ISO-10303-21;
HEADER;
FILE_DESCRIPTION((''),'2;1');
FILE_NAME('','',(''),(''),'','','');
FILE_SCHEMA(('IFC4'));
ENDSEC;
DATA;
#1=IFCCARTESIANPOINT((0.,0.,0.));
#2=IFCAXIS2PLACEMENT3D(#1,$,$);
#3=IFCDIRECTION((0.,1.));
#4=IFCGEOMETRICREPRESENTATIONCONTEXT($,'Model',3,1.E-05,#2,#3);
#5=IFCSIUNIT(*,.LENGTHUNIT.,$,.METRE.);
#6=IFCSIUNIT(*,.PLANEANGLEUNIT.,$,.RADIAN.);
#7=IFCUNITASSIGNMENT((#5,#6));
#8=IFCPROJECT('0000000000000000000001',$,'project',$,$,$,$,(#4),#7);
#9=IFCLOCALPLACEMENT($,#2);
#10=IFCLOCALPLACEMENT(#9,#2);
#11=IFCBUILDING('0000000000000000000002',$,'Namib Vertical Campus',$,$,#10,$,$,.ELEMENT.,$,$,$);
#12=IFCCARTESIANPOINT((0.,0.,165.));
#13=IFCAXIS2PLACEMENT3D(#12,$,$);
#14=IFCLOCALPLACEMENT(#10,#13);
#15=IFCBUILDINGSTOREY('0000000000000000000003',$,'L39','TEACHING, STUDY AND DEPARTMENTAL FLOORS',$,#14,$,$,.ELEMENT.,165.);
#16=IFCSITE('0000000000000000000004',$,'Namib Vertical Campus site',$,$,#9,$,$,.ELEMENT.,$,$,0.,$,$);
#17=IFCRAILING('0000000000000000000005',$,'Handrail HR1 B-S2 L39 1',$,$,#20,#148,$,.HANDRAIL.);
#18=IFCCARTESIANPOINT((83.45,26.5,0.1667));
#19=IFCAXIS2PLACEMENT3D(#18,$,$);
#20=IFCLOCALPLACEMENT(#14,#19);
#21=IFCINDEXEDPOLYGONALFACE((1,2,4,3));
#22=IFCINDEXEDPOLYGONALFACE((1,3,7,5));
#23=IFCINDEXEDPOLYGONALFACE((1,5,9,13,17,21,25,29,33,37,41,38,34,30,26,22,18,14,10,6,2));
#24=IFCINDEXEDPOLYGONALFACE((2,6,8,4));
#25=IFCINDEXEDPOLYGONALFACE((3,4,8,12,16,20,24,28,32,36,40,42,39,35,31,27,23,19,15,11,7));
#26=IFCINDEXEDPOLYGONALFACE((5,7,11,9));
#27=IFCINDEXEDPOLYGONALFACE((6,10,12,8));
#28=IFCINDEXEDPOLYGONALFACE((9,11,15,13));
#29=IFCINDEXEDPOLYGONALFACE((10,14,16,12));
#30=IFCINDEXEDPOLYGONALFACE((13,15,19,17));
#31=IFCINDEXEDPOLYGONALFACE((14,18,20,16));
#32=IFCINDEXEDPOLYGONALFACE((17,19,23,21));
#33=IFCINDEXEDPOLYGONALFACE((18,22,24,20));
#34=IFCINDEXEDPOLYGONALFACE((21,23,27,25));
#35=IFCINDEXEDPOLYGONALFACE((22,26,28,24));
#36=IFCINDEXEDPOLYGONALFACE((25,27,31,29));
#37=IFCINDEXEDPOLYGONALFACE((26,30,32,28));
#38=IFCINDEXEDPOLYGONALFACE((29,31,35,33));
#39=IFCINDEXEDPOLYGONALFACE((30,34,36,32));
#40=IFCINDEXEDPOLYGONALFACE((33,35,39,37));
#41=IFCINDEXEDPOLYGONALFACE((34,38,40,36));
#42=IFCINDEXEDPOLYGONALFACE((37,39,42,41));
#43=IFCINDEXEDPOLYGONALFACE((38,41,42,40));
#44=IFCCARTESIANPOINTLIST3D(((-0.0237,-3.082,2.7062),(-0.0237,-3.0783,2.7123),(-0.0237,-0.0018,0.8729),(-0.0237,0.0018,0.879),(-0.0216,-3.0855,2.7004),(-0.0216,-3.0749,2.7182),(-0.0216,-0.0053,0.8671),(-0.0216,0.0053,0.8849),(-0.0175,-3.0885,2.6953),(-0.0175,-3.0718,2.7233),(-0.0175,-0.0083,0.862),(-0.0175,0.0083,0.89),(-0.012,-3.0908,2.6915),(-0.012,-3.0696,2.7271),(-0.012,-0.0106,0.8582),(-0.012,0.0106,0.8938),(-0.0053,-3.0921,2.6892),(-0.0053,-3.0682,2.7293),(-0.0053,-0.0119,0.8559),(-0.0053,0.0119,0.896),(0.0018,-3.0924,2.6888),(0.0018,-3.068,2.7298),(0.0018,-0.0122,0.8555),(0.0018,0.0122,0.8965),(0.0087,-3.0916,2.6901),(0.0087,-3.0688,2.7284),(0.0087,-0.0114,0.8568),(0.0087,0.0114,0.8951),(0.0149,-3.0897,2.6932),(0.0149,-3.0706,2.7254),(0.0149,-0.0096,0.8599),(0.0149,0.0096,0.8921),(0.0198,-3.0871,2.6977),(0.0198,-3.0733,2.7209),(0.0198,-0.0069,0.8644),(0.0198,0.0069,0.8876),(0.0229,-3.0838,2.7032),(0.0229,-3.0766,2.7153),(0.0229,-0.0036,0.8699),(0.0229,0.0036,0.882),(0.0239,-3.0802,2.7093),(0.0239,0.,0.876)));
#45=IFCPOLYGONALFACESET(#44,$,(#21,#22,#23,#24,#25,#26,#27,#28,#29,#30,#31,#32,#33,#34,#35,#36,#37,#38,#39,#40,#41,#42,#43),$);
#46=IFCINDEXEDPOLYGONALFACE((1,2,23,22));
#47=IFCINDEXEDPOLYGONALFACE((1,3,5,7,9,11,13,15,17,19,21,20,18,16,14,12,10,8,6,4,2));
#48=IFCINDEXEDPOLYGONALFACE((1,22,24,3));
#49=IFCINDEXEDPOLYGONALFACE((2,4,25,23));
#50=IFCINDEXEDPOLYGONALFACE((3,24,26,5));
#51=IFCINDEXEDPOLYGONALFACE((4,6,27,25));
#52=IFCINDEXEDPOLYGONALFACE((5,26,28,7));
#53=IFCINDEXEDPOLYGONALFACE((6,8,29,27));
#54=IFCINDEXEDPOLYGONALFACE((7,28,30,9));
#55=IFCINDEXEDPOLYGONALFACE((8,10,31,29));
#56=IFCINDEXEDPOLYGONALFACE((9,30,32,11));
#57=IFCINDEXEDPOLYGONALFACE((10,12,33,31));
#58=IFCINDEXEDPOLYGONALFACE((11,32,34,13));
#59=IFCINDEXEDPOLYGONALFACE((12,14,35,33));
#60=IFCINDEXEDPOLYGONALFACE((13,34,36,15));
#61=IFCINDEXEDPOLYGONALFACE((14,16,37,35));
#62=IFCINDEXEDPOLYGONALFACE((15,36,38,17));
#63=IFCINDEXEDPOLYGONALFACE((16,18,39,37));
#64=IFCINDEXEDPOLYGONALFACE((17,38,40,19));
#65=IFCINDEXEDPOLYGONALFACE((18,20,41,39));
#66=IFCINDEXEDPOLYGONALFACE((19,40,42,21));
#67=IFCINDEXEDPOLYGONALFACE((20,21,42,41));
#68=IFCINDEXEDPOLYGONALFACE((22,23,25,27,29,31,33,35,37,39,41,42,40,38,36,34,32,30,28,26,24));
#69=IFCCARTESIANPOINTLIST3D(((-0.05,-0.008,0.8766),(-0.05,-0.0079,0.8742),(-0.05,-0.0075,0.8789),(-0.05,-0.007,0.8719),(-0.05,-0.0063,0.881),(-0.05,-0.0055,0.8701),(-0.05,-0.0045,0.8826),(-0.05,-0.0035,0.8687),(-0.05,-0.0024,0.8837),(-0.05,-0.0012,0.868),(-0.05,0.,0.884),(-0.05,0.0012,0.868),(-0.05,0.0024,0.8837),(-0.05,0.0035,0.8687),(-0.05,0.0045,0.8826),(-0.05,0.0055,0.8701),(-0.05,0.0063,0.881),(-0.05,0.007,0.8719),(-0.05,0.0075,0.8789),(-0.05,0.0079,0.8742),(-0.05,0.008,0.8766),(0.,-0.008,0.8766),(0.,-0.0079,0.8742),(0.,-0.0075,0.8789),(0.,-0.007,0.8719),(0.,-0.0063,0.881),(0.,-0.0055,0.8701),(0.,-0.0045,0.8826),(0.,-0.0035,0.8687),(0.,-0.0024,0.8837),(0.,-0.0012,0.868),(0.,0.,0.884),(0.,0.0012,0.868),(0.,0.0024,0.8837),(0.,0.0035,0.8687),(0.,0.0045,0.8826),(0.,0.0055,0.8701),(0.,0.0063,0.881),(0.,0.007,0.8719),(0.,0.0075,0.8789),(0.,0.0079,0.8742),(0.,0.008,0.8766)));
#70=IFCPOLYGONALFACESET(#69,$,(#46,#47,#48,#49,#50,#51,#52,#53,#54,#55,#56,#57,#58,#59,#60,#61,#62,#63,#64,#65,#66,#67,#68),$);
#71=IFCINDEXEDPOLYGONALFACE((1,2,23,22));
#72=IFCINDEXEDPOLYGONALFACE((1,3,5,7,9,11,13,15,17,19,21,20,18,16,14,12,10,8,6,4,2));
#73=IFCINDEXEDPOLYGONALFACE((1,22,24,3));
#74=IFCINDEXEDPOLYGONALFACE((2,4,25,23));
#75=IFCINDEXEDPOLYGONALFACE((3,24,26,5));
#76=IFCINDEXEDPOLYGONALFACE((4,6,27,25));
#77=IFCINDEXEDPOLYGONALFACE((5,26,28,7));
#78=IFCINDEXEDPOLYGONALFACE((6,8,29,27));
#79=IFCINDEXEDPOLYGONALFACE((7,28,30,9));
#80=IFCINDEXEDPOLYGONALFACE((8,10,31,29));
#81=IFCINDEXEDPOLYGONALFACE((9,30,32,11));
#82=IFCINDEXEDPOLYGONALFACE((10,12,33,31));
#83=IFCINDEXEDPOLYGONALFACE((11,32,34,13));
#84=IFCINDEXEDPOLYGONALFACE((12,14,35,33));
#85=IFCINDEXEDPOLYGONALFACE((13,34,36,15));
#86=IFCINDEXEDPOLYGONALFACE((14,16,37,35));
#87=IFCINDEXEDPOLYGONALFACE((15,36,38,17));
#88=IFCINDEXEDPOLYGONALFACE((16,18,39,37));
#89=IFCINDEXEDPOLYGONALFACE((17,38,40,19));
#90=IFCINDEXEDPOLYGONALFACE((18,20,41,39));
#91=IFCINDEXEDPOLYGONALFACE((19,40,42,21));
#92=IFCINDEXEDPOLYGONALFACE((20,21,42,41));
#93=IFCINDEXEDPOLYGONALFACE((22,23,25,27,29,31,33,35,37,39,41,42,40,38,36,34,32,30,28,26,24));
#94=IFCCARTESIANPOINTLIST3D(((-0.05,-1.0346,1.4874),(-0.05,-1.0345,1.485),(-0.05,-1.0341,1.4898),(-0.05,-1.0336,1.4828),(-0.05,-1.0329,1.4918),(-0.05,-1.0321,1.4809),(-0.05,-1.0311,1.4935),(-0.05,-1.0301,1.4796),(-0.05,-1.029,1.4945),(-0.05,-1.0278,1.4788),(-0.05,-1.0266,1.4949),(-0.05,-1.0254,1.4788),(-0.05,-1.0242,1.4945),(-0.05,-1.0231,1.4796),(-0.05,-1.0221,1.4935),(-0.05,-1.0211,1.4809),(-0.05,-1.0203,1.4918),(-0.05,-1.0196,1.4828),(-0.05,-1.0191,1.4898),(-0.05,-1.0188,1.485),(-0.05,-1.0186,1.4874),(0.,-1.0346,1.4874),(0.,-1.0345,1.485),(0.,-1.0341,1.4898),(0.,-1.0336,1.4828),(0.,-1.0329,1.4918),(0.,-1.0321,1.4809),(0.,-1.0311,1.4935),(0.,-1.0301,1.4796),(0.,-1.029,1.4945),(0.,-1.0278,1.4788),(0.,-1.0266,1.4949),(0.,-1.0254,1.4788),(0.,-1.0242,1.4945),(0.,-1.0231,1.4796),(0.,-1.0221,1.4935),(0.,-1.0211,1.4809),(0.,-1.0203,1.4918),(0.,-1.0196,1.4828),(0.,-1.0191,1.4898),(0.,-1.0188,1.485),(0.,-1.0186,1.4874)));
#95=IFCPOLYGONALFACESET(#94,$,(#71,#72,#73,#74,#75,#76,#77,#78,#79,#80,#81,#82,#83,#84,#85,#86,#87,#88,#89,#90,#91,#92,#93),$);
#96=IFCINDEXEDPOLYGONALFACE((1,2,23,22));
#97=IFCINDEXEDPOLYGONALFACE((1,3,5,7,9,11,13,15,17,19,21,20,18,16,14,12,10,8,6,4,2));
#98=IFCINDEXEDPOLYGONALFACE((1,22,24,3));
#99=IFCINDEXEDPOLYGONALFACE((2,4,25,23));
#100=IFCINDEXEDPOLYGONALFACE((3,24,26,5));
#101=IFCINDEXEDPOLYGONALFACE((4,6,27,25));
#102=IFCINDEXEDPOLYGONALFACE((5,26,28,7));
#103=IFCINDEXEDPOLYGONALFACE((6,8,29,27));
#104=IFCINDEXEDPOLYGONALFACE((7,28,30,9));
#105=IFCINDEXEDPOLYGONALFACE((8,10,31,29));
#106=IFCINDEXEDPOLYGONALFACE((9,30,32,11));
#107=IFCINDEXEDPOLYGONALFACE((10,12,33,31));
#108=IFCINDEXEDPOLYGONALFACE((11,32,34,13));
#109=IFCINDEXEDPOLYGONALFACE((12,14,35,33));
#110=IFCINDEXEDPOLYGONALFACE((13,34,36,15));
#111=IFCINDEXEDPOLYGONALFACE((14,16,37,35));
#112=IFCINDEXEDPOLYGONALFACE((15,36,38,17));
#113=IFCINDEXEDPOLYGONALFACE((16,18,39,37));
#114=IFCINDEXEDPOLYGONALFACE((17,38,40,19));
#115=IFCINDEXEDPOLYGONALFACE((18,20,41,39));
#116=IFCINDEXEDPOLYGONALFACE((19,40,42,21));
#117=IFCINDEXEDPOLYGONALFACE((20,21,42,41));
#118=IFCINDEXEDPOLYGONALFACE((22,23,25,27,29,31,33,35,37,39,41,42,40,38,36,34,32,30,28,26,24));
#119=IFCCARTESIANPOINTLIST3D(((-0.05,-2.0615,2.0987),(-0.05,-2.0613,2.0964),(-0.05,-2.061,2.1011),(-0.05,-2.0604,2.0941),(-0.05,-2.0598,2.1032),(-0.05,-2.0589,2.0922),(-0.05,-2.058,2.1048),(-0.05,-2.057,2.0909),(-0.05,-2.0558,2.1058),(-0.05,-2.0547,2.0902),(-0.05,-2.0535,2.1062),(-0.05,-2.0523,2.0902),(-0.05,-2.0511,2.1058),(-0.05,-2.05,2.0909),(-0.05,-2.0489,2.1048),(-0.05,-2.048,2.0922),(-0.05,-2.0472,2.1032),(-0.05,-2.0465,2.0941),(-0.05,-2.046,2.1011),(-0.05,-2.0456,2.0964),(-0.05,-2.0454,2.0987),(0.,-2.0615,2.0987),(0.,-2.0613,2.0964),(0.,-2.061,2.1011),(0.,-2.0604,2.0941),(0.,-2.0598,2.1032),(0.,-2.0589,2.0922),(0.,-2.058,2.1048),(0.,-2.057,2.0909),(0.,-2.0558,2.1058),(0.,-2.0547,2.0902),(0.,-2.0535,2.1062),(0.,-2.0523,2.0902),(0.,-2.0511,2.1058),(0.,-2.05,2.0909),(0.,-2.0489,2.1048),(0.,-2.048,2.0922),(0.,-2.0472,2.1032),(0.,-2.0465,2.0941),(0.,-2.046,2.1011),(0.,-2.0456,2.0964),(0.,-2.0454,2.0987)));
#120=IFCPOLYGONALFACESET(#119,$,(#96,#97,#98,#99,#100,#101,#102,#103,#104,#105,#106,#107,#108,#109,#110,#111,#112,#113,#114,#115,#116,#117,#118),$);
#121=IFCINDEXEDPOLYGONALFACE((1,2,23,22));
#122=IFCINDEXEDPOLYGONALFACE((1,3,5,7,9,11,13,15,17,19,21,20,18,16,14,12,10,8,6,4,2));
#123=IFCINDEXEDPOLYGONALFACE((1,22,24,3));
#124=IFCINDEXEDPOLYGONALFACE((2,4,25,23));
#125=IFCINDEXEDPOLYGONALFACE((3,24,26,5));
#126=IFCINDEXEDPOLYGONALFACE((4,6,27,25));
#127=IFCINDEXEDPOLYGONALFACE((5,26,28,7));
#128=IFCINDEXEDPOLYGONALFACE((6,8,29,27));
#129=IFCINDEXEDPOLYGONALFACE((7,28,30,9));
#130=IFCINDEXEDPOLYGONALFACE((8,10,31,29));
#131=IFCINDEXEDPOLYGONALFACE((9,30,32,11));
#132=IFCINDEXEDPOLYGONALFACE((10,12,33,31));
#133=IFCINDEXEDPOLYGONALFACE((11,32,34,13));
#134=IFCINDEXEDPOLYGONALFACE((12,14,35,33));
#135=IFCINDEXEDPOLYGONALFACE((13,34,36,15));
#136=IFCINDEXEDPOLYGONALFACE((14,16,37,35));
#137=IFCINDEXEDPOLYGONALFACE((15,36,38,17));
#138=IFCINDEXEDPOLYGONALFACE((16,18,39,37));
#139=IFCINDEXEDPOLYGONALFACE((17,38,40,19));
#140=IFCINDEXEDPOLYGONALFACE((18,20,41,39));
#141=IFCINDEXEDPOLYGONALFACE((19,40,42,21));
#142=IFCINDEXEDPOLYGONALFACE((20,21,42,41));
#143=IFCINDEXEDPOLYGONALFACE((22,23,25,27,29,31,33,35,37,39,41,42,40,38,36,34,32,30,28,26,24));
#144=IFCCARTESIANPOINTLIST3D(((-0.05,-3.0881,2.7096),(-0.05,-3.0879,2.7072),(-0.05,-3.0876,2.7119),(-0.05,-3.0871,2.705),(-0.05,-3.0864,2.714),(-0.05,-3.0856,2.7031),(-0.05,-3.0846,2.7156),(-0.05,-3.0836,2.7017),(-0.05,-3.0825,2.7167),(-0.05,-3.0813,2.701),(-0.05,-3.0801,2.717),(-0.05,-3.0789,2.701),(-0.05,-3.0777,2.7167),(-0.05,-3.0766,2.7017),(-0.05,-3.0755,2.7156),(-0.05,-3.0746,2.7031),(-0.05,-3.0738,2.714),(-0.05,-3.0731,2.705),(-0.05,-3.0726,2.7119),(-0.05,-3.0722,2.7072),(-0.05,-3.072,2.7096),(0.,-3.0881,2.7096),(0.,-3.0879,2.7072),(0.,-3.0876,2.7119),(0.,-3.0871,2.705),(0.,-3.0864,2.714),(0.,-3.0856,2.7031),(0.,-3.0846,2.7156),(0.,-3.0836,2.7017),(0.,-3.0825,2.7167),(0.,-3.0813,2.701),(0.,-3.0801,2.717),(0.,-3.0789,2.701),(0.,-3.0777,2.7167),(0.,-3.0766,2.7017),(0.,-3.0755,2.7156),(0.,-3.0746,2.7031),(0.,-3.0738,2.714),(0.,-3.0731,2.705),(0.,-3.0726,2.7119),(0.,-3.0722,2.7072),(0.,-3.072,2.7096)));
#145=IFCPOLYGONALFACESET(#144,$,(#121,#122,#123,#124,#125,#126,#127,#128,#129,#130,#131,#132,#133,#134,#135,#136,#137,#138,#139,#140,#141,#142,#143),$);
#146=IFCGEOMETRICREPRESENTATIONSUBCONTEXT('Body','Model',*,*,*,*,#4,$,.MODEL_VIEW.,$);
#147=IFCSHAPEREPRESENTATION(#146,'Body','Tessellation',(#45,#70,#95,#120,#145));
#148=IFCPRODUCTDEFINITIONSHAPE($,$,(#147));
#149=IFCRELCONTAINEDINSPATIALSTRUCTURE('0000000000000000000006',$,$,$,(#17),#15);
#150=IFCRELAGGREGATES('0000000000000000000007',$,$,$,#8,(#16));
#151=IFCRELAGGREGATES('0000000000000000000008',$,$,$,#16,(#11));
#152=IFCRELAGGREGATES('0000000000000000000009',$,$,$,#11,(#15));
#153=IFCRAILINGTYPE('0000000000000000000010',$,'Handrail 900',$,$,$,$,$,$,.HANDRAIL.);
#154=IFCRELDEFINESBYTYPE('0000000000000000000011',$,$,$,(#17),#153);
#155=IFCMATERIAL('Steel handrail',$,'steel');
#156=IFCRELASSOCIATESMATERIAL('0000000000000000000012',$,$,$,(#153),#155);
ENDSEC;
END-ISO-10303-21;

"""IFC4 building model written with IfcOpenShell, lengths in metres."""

from ifc_helpers import new_model, si_unit, direction, frame, origin, origin_2d, place, context, subcontext, project, spatial, circle, extrude, material, type_object, element, save


model = new_model("IFC4")

# Units and contexts
model_context = context("Model", 3, precision=1e-05, world=origin(), true_north=direction((0.0, 1.0)))
body_context = subcontext(model_context, "Body", "Model", "MODEL_VIEW")
ifc_project = project(units=[si_unit("LENGTHUNIT", "METRE"), si_unit("PLANEANGLEUNIT", "RADIAN")], contexts=[model_context])

# Site, building, storey
site_placement = place(None, origin())
site = spatial("IfcSite", under=ifc_project, at=site_placement, Name="Namib Vertical Campus site", CompositionType="ELEMENT", RefElevation=0.0)
building_placement = place(site_placement, origin())
building = spatial("IfcBuilding", under=site, at=building_placement, Name="Namib Vertical Campus", CompositionType="ELEMENT")
storey_placement = place(building_placement, frame((0.0, 0.0, 165.0)))
storey = spatial("IfcBuildingStorey", under=building, at=storey_placement, Name="L39", Description="TEACHING, STUDY AND DEPARTMENTAL FLOORS", CompositionType="ELEMENT", Elevation=165.0)

# Railing
ifc_material_1 = material(Name="Steel handrail", Category="steel")
railing_type_1 = type_object("IfcRailingType", Name="Handrail 900", PredefinedType="HANDRAIL", material=ifc_material_1)
railing_1_placement = place(storey_placement, frame((83.45, 26.5, 0.1667)))
element("IfcRailing", 1, at=railing_1_placement, inside=storey, type_object=railing_type_1, Name="Handrail HR1 B-S2 L39 1", PredefinedType="HANDRAIL", context=body_context, shape_type="SweptSolid", body=[
    extrude(circle(Radius=0.0239, at=origin_2d()), frame((0.0, 0.0, 0.876), z_axis=(0.0, -0.859309, 0.511458), x_axis=(1.0, 0.0, 0.0)), (0.0, 0.0, 1.0), 3.5845),
    extrude(circle(Radius=0.0081, at=origin_2d()), frame((0.0, 0.0, 0.876), z_axis=(-1.0, 0.0, 0.0), x_axis=(0.0, 0.0, 1.0)), (0.0, 0.0, 1.0), 0.05),
    extrude(circle(Radius=0.0081, at=origin_2d()), frame((0.0, -1.0266, 1.4868), z_axis=(-1.0, 0.0, 0.0), x_axis=(0.0, 0.0, 1.0)), (0.0, 0.0, 1.0), 0.05),
    extrude(circle(Radius=0.0081, at=origin_2d()), frame((0.0, -2.0535, 2.0981), z_axis=(-1.0, 0.0, 0.0), x_axis=(0.0, 0.0, 1.0)), (0.0, 0.0, 1.0), 0.05),
    extrude(circle(Radius=0.0081, at=origin_2d()), frame((0.0, -3.0801, 2.709), z_axis=(-1.0, 0.0, 0.0), x_axis=(0.0, 0.0, 1.0)), (0.0, 0.0, 1.0), 0.05),
])

save(model, "model.ifc")
